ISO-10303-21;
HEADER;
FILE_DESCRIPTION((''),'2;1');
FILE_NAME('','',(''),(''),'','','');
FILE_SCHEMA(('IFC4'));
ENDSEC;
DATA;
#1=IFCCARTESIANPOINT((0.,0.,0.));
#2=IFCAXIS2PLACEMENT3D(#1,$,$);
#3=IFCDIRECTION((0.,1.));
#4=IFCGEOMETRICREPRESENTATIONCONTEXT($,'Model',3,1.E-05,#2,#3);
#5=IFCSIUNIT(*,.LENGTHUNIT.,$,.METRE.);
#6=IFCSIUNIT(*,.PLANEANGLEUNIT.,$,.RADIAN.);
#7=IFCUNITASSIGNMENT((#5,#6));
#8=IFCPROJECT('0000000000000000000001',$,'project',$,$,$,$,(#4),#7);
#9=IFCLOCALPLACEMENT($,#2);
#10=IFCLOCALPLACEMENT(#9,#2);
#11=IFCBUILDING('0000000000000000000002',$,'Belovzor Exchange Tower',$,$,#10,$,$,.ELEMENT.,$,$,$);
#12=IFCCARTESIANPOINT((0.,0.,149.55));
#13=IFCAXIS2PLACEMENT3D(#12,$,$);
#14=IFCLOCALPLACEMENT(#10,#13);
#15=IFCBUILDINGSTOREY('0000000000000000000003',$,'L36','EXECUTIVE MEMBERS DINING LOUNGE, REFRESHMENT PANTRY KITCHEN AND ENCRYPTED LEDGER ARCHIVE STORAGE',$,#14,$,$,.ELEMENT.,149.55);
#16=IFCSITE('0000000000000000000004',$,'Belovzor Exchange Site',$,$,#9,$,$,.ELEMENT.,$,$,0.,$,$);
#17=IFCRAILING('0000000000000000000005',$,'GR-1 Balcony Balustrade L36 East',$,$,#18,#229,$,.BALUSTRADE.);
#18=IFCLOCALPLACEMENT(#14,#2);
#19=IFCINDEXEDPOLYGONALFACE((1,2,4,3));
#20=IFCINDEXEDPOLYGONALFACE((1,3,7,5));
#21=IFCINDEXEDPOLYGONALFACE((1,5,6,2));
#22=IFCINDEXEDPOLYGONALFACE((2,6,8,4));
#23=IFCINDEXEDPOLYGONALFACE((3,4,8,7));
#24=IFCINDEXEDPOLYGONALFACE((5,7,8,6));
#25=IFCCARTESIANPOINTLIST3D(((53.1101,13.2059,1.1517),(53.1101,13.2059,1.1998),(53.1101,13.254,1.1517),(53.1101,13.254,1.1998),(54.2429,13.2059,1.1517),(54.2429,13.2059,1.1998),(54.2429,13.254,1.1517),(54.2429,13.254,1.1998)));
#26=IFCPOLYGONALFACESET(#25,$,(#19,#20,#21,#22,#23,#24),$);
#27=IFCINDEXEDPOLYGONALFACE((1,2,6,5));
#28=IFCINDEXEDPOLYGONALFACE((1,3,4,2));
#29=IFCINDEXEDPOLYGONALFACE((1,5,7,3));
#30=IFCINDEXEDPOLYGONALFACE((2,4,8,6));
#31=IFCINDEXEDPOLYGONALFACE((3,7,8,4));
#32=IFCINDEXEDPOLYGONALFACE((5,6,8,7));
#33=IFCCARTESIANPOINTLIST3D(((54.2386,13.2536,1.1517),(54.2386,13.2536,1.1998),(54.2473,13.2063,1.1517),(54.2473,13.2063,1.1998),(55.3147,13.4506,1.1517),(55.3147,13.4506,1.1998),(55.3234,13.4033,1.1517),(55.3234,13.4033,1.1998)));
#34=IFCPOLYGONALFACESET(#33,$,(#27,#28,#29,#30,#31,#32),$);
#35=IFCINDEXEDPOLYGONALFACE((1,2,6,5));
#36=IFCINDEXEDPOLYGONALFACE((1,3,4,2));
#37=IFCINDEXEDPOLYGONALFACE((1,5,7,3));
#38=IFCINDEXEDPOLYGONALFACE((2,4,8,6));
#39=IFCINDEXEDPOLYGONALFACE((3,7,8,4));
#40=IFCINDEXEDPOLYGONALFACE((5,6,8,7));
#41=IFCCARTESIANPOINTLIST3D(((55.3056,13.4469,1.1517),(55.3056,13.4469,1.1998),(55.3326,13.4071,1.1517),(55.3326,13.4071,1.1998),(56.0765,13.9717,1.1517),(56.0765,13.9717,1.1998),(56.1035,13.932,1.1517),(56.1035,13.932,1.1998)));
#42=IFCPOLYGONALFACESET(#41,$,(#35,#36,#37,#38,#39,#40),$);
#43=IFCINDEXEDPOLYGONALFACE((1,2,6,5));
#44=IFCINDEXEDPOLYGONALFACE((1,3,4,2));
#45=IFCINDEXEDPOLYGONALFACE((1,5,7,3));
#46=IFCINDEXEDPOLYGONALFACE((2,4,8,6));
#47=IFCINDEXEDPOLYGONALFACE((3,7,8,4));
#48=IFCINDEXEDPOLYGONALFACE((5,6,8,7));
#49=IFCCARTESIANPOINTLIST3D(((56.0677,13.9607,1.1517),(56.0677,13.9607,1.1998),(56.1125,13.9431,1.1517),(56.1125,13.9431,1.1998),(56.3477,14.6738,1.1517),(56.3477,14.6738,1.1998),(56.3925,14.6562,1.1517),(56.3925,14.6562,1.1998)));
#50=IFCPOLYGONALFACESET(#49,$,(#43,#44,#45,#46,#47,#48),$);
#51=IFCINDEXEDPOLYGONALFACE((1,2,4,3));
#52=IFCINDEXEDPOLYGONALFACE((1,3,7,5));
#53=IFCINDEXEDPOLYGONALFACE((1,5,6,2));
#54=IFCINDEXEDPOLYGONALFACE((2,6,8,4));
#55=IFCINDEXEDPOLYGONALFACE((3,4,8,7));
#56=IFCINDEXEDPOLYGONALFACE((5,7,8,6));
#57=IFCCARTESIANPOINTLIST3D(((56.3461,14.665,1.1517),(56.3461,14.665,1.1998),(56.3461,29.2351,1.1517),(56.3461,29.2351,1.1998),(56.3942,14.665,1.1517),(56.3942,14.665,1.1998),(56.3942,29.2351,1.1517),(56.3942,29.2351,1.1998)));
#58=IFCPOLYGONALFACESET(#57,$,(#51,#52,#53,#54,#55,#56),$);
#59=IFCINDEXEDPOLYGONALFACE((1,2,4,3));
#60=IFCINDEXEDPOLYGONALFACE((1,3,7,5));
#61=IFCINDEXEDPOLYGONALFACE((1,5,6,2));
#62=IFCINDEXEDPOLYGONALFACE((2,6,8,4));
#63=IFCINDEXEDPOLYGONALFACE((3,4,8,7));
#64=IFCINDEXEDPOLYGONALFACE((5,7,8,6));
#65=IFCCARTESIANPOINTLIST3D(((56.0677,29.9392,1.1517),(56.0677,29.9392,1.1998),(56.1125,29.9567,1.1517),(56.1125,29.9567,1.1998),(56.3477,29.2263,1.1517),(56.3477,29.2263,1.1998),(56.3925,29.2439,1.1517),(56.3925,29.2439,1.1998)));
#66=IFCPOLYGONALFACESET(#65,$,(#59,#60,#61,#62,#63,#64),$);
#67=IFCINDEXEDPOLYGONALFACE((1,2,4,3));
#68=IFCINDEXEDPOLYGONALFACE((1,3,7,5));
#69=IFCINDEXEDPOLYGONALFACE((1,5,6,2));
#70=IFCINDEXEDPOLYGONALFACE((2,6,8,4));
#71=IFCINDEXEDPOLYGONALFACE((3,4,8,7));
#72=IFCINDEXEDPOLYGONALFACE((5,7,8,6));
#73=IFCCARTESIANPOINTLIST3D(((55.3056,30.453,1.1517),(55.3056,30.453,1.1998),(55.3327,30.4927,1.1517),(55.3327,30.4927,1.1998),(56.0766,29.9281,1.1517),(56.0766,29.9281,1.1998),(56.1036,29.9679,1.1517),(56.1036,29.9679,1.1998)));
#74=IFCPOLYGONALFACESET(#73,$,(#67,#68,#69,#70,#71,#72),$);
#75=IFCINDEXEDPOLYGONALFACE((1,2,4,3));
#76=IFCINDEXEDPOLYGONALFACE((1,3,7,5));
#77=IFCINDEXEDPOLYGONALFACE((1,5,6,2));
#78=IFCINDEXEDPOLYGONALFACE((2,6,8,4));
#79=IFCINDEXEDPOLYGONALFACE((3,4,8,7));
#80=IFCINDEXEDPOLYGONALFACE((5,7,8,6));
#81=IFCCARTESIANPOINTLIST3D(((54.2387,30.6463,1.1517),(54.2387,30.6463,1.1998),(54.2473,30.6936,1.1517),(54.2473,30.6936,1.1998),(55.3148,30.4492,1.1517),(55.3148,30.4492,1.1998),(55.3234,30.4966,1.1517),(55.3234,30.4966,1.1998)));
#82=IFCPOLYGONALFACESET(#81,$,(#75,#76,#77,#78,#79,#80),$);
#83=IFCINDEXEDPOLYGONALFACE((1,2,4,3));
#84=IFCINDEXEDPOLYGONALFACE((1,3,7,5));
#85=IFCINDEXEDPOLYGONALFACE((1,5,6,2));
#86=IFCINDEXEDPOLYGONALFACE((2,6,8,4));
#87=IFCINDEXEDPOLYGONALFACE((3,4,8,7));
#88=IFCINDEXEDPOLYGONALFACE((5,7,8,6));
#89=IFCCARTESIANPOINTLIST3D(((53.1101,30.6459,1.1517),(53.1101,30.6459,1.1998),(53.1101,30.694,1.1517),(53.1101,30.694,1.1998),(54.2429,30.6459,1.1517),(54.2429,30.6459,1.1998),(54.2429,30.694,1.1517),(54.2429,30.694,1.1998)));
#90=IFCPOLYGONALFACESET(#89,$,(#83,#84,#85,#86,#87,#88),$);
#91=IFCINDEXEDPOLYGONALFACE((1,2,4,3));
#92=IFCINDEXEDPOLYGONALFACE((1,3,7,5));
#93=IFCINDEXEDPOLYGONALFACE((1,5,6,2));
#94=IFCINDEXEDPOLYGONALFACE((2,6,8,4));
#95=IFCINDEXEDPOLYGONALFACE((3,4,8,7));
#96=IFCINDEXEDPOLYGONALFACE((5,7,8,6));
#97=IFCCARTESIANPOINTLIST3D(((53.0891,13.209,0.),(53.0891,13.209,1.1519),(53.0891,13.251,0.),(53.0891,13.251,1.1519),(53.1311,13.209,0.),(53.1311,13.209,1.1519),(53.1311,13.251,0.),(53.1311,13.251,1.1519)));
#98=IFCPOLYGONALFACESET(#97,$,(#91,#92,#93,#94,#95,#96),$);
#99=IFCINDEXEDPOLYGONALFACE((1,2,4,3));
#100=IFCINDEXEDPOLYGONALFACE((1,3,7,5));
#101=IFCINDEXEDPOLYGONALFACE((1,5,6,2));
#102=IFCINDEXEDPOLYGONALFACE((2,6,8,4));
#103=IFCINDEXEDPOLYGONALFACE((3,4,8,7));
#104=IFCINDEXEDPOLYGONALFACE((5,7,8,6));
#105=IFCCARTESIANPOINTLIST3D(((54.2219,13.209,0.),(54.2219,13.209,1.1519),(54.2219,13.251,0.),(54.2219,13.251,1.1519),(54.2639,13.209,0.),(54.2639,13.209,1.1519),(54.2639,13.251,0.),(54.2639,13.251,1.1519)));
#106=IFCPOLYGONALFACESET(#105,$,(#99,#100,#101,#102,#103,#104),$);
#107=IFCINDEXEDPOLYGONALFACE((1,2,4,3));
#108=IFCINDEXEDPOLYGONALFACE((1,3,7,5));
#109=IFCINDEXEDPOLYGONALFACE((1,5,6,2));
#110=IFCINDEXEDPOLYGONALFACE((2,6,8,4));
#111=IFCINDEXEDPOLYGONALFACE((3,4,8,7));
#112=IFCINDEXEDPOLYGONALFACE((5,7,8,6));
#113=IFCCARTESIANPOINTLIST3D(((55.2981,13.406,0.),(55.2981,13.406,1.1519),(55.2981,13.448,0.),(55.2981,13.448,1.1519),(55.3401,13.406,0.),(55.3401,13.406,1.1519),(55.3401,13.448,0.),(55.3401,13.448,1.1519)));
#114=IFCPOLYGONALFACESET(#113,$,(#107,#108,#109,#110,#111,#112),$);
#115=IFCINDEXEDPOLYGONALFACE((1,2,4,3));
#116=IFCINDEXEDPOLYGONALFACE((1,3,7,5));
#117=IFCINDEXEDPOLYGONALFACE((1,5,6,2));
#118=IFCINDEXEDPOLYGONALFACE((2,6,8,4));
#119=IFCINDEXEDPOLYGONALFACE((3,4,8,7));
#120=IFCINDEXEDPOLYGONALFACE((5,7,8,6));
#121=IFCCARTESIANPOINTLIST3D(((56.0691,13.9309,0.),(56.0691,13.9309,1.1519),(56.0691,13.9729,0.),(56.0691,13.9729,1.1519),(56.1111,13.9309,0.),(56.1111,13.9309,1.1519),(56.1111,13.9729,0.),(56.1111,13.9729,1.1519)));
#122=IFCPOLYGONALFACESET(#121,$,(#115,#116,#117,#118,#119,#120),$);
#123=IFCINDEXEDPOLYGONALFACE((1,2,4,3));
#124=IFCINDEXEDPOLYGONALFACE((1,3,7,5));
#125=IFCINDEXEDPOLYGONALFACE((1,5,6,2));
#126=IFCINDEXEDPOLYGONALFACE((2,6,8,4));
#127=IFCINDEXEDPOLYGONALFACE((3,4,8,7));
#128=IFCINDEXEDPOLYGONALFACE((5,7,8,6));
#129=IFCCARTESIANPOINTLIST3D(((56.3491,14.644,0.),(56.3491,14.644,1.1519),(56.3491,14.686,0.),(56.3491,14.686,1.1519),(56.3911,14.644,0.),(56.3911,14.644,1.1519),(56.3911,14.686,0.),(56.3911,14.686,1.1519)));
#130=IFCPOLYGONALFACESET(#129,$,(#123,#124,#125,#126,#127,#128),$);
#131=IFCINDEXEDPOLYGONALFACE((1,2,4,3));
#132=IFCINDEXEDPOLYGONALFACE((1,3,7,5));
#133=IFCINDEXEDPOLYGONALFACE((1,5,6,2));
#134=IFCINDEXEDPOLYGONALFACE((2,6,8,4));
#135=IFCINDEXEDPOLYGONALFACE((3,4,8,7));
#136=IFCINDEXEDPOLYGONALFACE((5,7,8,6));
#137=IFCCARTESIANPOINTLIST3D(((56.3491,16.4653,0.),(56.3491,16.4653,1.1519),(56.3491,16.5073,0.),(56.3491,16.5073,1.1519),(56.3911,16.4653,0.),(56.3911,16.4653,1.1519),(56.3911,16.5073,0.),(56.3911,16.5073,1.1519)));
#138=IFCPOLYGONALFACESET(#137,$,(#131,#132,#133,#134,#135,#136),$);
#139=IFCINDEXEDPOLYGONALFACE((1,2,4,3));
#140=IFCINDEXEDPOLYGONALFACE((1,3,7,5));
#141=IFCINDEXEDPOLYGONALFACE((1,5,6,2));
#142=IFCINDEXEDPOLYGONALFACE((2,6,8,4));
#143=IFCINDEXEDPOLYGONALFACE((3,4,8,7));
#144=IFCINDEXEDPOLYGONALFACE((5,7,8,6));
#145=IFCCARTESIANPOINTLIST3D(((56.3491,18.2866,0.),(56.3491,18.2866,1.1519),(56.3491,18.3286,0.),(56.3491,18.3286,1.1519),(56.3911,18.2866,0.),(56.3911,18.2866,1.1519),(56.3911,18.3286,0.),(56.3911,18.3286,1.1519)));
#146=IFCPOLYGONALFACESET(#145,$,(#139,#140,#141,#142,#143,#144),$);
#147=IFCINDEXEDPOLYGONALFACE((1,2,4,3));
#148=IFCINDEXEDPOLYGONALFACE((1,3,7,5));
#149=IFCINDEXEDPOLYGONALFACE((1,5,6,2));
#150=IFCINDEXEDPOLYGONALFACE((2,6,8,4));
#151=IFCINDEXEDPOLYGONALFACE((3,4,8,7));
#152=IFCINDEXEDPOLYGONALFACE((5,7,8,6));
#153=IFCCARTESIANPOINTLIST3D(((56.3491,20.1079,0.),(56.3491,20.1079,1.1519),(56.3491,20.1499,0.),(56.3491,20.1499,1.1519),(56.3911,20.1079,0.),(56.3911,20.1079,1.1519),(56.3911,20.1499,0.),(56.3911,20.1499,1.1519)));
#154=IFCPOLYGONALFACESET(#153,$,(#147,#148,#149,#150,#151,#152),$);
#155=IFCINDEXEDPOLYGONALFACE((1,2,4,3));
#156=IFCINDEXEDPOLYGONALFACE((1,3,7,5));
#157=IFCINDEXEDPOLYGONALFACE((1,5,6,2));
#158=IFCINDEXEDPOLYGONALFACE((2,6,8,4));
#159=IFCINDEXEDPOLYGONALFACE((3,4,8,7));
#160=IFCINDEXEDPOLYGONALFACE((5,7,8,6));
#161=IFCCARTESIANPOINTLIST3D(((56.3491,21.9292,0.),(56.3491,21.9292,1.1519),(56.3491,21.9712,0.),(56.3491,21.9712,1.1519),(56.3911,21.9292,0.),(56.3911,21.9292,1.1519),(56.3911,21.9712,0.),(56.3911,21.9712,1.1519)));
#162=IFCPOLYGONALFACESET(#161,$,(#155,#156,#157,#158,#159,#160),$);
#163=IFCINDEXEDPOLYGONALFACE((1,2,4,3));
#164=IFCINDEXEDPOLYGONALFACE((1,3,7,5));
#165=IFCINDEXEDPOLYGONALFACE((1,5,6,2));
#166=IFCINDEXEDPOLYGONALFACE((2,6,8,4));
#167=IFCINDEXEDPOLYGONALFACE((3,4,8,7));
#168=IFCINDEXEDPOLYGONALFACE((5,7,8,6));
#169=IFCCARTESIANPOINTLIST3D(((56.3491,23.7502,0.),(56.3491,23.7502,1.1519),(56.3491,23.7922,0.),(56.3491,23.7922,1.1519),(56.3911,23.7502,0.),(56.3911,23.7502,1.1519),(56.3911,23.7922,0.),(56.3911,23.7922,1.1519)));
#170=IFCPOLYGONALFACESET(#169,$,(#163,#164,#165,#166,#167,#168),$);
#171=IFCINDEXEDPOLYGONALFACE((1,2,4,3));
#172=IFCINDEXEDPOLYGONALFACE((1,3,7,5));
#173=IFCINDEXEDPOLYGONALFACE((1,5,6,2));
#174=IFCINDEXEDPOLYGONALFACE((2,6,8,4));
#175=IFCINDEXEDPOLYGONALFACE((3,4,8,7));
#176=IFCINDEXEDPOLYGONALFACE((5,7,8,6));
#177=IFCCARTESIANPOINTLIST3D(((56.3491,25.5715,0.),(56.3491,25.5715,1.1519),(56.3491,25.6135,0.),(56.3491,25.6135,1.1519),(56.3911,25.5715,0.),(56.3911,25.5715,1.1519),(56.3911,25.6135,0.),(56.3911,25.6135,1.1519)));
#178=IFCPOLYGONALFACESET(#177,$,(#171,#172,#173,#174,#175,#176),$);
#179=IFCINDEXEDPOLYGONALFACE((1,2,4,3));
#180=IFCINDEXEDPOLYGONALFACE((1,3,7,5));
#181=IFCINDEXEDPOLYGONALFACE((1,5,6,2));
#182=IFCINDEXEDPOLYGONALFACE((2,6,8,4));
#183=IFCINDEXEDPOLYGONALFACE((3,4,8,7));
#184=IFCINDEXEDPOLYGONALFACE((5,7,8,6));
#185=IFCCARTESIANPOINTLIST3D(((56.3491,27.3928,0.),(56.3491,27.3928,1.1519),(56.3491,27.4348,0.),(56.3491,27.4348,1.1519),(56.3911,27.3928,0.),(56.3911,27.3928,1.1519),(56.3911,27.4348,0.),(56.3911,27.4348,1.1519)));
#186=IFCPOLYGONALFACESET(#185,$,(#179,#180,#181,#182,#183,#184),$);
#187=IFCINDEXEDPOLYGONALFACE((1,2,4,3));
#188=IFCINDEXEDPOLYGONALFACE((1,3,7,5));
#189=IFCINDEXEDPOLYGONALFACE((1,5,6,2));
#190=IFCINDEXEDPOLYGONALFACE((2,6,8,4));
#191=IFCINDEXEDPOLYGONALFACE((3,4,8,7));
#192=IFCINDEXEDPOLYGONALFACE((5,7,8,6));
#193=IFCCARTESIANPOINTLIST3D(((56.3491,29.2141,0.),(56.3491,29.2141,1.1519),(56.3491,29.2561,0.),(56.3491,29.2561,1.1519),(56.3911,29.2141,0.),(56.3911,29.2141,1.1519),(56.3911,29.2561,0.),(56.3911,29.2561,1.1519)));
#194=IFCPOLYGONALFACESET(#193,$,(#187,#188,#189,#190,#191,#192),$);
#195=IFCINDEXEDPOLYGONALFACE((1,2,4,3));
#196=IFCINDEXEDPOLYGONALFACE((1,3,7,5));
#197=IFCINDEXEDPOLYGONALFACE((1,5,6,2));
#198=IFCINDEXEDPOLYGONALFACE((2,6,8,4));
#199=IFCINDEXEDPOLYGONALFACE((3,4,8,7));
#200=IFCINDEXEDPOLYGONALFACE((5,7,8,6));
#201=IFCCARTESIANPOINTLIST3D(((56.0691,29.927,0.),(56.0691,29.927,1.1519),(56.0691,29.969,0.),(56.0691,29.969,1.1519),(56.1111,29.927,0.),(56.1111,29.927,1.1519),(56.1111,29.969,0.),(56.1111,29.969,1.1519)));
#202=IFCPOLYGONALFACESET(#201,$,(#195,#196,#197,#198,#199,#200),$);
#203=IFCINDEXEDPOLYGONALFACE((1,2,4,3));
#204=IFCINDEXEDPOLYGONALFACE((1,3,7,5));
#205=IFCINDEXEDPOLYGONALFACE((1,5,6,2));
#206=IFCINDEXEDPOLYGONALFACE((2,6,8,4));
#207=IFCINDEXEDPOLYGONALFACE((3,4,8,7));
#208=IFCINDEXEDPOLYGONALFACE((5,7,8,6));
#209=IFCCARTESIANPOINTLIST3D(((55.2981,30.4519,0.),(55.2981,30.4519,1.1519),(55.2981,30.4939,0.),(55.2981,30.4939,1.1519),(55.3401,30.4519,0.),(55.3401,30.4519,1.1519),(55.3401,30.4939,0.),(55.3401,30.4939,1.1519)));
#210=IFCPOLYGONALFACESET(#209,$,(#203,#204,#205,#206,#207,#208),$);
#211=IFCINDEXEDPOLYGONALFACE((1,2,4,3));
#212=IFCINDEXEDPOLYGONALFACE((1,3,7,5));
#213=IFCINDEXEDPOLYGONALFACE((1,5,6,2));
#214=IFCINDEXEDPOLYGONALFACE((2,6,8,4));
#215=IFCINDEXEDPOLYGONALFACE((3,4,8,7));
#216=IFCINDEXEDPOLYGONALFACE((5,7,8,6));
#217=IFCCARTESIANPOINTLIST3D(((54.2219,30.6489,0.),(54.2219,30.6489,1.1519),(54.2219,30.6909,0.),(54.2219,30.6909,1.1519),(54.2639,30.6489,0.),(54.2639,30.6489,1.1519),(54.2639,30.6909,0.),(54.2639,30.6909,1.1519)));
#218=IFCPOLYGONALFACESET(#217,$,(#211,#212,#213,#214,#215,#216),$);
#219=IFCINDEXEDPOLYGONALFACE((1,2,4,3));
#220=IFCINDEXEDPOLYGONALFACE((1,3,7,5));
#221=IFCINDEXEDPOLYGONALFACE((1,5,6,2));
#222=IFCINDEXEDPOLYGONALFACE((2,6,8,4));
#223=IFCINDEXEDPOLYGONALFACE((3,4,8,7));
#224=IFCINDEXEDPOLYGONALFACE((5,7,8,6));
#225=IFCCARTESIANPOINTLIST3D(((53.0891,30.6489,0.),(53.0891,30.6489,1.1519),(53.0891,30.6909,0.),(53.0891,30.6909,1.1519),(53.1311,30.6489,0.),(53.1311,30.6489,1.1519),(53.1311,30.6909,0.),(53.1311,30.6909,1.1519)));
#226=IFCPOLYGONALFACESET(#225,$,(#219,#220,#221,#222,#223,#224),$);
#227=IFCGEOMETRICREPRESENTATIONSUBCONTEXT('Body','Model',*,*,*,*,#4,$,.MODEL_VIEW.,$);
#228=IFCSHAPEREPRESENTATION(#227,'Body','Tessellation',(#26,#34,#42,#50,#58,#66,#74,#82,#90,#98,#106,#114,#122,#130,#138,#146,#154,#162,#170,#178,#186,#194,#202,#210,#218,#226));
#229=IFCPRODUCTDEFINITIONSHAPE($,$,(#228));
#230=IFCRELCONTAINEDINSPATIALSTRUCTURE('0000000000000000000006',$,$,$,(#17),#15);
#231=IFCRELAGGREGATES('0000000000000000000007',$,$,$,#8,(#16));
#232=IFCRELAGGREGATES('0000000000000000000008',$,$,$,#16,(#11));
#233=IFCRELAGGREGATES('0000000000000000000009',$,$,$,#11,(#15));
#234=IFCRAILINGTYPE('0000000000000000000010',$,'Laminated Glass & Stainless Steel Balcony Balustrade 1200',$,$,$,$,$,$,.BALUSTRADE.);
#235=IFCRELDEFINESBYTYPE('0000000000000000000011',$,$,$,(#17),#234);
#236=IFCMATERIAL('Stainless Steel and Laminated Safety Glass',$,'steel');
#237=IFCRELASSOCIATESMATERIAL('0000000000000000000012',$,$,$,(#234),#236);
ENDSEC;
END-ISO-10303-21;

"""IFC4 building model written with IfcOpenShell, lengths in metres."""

from ifc_helpers import new_model, si_unit, direction, frame, origin, origin_2d, place, context, subcontext, project, spatial, rectangle, extrude, material, type_object, element, save


model = new_model("IFC4")

# Units and contexts
model_context = context("Model", 3, precision=1e-05, world=origin(), true_north=direction((0.0, 1.0)))
body_context = subcontext(model_context, "Body", "Model", "MODEL_VIEW")
ifc_project = project(units=[si_unit("LENGTHUNIT", "METRE"), si_unit("PLANEANGLEUNIT", "RADIAN")], contexts=[model_context])

# Site, building, storey
site_placement = place(None, origin())
site = spatial("IfcSite", under=ifc_project, at=site_placement, Name="Belovzor Exchange Site", CompositionType="ELEMENT", RefElevation=0.0)
building_placement = place(site_placement, origin())
building = spatial("IfcBuilding", under=site, at=building_placement, Name="Belovzor Exchange Tower", CompositionType="ELEMENT")
storey_placement = place(building_placement, frame((0.0, 0.0, 149.55)))
storey = spatial("IfcBuildingStorey", under=building, at=storey_placement, Name="L36", Description="EXECUTIVE MEMBERS DINING LOUNGE, REFRESHMENT PANTRY KITCHEN AND ENCRYPTED LEDGER ARCHIVE STORAGE", CompositionType="ELEMENT", Elevation=149.55)

# Railing
ifc_material_1 = material(Name="Stainless Steel and Laminated Safety Glass", Category="steel")
railing_type = type_object("IfcRailingType", Name="Laminated Glass & Stainless Steel Balcony Balustrade 1200", PredefinedType="BALUSTRADE", material=ifc_material_1)
railing_placement = place(storey_placement, frame((53.1101, 13.23, 0.0)))
element("IfcRailing", 1, at=railing_placement, inside=storey, type_object=railing_type, Name="GR-1 Balcony Balustrade L36 East", PredefinedType="BALUSTRADE", context=body_context, shape_type="SweptSolid", body=[
    extrude(rectangle(XDim=0.0481, YDim=0.0481, at=origin_2d()), frame((0.0, 0.0, 1.1758), z_axis=(1.0, 0.0, 0.0), x_axis=(0.0, 1.0, 0.0)), (0.0, 0.0, 1.0), 1.1328),
    extrude(rectangle(XDim=0.0481, YDim=0.0481, at=origin_2d()), frame((1.1328, 0.0, 1.1758), z_axis=(0.983651, 0.180083, 0.0), x_axis=(-0.180083, 0.983651, 0.0)), (0.0, 0.0, 1.0), 1.094),
    extrude(rectangle(XDim=0.0481, YDim=0.0481, at=origin_2d()), frame((2.209, 0.197, 1.1758), z_axis=(0.826615, 0.562768, 0.0), x_axis=(-0.562768, 0.826615, 0.0)), (0.0, 0.0, 1.0), 0.9326),
    extrude(rectangle(XDim=0.0481, YDim=0.0481, at=origin_2d()), frame((2.98, 0.7219, 1.1758), z_axis=(0.365504, 0.93081, 0.0), x_axis=(-0.93081, 0.365504, 0.0)), (0.0, 0.0, 1.0), 0.7661),
    extrude(rectangle(XDim=0.0481, YDim=0.0481, at=origin_2d()), frame((3.26, 1.4351, 1.1758), z_axis=(0.0, 1.0, 0.0), x_axis=(-1.0, 0.0, 0.0)), (0.0, 0.0, 1.0), 14.5701),
    extrude(rectangle(XDim=0.0481, YDim=0.0481, at=origin_2d()), frame((3.26, 16.0051, 1.1758), z_axis=(-0.365613, 0.930767, 0.0), x_axis=(-0.930767, -0.365613, 0.0)), (0.0, 0.0, 1.0), 0.7659),
    extrude(rectangle(XDim=0.0481, YDim=0.0481, at=origin_2d()), frame((2.98, 16.718, 1.1758), z_axis=(-0.826615, 0.562768, 0.0), x_axis=(-0.562768, -0.826615, 0.0)), (0.0, 0.0, 1.0), 0.9326),
    extrude(rectangle(XDim=0.0481, YDim=0.0481, at=origin_2d()), frame((2.209, 17.2429, 1.1758), z_axis=(-0.983651, 0.180083, 0.0), x_axis=(-0.180083, -0.983651, 0.0)), (0.0, 0.0, 1.0), 1.094),
    extrude(rectangle(XDim=0.0481, YDim=0.0481, at=origin_2d()), frame((1.1328, 17.4399, 1.1758), z_axis=(-1.0, 0.0, 0.0), x_axis=(0.0, -1.0, 0.0)), (0.0, 0.0, 1.0), 1.1328),
    extrude(rectangle(XDim=0.042, YDim=0.042, at=origin_2d()), origin(), (0.0, 0.0, 1.0), 1.1519),
    extrude(rectangle(XDim=0.042, YDim=0.042, at=origin_2d()), frame((1.1328, 0.0, 0.0)), (0.0, 0.0, 1.0), 1.1519),
    extrude(rectangle(XDim=0.042, YDim=0.042, at=origin_2d()), frame((2.209, 0.197, 0.0)), (0.0, 0.0, 1.0), 1.1519),
    extrude(rectangle(XDim=0.042, YDim=0.042, at=origin_2d()), frame((2.98, 0.7219, 0.0)), (0.0, 0.0, 1.0), 1.1519),
    extrude(rectangle(XDim=0.042, YDim=0.042, at=origin_2d()), frame((3.26, 1.4351, 0.0)), (0.0, 0.0, 1.0), 1.1519),
    extrude(rectangle(XDim=0.042, YDim=0.042, at=origin_2d()), frame((3.26, 3.2563, 0.0)), (0.0, 0.0, 1.0), 1.1519),
    extrude(rectangle(XDim=0.042, YDim=0.042, at=origin_2d()), frame((3.26, 5.0776, 0.0)), (0.0, 0.0, 1.0), 1.1519),
    extrude(rectangle(XDim=0.042, YDim=0.042, at=origin_2d()), frame((3.26, 6.8989, 0.0)), (0.0, 0.0, 1.0), 1.1519),
    extrude(rectangle(XDim=0.042, YDim=0.042, at=origin_2d()), frame((3.26, 8.7202, 0.0)), (0.0, 0.0, 1.0), 1.1519),
    extrude(rectangle(XDim=0.042, YDim=0.042, at=origin_2d()), frame((3.26, 10.5413, 0.0)), (0.0, 0.0, 1.0), 1.1519),
    extrude(rectangle(XDim=0.042, YDim=0.042, at=origin_2d()), frame((3.26, 12.3625, 0.0)), (0.0, 0.0, 1.0), 1.1519),
    extrude(rectangle(XDim=0.042, YDim=0.042, at=origin_2d()), frame((3.26, 14.1838, 0.0)), (0.0, 0.0, 1.0), 1.1519),
    extrude(rectangle(XDim=0.042, YDim=0.042, at=origin_2d()), frame((3.26, 16.0051, 0.0)), (0.0, 0.0, 1.0), 1.1519),
    extrude(rectangle(XDim=0.042, YDim=0.042, at=origin_2d()), frame((2.98, 16.718, 0.0)), (0.0, 0.0, 1.0), 1.1519),
    extrude(rectangle(XDim=0.042, YDim=0.042, at=origin_2d()), frame((2.209, 17.2429, 0.0)), (0.0, 0.0, 1.0), 1.1519),
    extrude(rectangle(XDim=0.042, YDim=0.042, at=origin_2d()), frame((1.1328, 17.4399, 0.0)), (0.0, 0.0, 1.0), 1.1519),
    extrude(rectangle(XDim=0.042, YDim=0.042, at=origin_2d()), frame((0.0, 17.4399, 0.0)), (0.0, 0.0, 1.0), 1.1519),
])

save(model, "model.ifc")
